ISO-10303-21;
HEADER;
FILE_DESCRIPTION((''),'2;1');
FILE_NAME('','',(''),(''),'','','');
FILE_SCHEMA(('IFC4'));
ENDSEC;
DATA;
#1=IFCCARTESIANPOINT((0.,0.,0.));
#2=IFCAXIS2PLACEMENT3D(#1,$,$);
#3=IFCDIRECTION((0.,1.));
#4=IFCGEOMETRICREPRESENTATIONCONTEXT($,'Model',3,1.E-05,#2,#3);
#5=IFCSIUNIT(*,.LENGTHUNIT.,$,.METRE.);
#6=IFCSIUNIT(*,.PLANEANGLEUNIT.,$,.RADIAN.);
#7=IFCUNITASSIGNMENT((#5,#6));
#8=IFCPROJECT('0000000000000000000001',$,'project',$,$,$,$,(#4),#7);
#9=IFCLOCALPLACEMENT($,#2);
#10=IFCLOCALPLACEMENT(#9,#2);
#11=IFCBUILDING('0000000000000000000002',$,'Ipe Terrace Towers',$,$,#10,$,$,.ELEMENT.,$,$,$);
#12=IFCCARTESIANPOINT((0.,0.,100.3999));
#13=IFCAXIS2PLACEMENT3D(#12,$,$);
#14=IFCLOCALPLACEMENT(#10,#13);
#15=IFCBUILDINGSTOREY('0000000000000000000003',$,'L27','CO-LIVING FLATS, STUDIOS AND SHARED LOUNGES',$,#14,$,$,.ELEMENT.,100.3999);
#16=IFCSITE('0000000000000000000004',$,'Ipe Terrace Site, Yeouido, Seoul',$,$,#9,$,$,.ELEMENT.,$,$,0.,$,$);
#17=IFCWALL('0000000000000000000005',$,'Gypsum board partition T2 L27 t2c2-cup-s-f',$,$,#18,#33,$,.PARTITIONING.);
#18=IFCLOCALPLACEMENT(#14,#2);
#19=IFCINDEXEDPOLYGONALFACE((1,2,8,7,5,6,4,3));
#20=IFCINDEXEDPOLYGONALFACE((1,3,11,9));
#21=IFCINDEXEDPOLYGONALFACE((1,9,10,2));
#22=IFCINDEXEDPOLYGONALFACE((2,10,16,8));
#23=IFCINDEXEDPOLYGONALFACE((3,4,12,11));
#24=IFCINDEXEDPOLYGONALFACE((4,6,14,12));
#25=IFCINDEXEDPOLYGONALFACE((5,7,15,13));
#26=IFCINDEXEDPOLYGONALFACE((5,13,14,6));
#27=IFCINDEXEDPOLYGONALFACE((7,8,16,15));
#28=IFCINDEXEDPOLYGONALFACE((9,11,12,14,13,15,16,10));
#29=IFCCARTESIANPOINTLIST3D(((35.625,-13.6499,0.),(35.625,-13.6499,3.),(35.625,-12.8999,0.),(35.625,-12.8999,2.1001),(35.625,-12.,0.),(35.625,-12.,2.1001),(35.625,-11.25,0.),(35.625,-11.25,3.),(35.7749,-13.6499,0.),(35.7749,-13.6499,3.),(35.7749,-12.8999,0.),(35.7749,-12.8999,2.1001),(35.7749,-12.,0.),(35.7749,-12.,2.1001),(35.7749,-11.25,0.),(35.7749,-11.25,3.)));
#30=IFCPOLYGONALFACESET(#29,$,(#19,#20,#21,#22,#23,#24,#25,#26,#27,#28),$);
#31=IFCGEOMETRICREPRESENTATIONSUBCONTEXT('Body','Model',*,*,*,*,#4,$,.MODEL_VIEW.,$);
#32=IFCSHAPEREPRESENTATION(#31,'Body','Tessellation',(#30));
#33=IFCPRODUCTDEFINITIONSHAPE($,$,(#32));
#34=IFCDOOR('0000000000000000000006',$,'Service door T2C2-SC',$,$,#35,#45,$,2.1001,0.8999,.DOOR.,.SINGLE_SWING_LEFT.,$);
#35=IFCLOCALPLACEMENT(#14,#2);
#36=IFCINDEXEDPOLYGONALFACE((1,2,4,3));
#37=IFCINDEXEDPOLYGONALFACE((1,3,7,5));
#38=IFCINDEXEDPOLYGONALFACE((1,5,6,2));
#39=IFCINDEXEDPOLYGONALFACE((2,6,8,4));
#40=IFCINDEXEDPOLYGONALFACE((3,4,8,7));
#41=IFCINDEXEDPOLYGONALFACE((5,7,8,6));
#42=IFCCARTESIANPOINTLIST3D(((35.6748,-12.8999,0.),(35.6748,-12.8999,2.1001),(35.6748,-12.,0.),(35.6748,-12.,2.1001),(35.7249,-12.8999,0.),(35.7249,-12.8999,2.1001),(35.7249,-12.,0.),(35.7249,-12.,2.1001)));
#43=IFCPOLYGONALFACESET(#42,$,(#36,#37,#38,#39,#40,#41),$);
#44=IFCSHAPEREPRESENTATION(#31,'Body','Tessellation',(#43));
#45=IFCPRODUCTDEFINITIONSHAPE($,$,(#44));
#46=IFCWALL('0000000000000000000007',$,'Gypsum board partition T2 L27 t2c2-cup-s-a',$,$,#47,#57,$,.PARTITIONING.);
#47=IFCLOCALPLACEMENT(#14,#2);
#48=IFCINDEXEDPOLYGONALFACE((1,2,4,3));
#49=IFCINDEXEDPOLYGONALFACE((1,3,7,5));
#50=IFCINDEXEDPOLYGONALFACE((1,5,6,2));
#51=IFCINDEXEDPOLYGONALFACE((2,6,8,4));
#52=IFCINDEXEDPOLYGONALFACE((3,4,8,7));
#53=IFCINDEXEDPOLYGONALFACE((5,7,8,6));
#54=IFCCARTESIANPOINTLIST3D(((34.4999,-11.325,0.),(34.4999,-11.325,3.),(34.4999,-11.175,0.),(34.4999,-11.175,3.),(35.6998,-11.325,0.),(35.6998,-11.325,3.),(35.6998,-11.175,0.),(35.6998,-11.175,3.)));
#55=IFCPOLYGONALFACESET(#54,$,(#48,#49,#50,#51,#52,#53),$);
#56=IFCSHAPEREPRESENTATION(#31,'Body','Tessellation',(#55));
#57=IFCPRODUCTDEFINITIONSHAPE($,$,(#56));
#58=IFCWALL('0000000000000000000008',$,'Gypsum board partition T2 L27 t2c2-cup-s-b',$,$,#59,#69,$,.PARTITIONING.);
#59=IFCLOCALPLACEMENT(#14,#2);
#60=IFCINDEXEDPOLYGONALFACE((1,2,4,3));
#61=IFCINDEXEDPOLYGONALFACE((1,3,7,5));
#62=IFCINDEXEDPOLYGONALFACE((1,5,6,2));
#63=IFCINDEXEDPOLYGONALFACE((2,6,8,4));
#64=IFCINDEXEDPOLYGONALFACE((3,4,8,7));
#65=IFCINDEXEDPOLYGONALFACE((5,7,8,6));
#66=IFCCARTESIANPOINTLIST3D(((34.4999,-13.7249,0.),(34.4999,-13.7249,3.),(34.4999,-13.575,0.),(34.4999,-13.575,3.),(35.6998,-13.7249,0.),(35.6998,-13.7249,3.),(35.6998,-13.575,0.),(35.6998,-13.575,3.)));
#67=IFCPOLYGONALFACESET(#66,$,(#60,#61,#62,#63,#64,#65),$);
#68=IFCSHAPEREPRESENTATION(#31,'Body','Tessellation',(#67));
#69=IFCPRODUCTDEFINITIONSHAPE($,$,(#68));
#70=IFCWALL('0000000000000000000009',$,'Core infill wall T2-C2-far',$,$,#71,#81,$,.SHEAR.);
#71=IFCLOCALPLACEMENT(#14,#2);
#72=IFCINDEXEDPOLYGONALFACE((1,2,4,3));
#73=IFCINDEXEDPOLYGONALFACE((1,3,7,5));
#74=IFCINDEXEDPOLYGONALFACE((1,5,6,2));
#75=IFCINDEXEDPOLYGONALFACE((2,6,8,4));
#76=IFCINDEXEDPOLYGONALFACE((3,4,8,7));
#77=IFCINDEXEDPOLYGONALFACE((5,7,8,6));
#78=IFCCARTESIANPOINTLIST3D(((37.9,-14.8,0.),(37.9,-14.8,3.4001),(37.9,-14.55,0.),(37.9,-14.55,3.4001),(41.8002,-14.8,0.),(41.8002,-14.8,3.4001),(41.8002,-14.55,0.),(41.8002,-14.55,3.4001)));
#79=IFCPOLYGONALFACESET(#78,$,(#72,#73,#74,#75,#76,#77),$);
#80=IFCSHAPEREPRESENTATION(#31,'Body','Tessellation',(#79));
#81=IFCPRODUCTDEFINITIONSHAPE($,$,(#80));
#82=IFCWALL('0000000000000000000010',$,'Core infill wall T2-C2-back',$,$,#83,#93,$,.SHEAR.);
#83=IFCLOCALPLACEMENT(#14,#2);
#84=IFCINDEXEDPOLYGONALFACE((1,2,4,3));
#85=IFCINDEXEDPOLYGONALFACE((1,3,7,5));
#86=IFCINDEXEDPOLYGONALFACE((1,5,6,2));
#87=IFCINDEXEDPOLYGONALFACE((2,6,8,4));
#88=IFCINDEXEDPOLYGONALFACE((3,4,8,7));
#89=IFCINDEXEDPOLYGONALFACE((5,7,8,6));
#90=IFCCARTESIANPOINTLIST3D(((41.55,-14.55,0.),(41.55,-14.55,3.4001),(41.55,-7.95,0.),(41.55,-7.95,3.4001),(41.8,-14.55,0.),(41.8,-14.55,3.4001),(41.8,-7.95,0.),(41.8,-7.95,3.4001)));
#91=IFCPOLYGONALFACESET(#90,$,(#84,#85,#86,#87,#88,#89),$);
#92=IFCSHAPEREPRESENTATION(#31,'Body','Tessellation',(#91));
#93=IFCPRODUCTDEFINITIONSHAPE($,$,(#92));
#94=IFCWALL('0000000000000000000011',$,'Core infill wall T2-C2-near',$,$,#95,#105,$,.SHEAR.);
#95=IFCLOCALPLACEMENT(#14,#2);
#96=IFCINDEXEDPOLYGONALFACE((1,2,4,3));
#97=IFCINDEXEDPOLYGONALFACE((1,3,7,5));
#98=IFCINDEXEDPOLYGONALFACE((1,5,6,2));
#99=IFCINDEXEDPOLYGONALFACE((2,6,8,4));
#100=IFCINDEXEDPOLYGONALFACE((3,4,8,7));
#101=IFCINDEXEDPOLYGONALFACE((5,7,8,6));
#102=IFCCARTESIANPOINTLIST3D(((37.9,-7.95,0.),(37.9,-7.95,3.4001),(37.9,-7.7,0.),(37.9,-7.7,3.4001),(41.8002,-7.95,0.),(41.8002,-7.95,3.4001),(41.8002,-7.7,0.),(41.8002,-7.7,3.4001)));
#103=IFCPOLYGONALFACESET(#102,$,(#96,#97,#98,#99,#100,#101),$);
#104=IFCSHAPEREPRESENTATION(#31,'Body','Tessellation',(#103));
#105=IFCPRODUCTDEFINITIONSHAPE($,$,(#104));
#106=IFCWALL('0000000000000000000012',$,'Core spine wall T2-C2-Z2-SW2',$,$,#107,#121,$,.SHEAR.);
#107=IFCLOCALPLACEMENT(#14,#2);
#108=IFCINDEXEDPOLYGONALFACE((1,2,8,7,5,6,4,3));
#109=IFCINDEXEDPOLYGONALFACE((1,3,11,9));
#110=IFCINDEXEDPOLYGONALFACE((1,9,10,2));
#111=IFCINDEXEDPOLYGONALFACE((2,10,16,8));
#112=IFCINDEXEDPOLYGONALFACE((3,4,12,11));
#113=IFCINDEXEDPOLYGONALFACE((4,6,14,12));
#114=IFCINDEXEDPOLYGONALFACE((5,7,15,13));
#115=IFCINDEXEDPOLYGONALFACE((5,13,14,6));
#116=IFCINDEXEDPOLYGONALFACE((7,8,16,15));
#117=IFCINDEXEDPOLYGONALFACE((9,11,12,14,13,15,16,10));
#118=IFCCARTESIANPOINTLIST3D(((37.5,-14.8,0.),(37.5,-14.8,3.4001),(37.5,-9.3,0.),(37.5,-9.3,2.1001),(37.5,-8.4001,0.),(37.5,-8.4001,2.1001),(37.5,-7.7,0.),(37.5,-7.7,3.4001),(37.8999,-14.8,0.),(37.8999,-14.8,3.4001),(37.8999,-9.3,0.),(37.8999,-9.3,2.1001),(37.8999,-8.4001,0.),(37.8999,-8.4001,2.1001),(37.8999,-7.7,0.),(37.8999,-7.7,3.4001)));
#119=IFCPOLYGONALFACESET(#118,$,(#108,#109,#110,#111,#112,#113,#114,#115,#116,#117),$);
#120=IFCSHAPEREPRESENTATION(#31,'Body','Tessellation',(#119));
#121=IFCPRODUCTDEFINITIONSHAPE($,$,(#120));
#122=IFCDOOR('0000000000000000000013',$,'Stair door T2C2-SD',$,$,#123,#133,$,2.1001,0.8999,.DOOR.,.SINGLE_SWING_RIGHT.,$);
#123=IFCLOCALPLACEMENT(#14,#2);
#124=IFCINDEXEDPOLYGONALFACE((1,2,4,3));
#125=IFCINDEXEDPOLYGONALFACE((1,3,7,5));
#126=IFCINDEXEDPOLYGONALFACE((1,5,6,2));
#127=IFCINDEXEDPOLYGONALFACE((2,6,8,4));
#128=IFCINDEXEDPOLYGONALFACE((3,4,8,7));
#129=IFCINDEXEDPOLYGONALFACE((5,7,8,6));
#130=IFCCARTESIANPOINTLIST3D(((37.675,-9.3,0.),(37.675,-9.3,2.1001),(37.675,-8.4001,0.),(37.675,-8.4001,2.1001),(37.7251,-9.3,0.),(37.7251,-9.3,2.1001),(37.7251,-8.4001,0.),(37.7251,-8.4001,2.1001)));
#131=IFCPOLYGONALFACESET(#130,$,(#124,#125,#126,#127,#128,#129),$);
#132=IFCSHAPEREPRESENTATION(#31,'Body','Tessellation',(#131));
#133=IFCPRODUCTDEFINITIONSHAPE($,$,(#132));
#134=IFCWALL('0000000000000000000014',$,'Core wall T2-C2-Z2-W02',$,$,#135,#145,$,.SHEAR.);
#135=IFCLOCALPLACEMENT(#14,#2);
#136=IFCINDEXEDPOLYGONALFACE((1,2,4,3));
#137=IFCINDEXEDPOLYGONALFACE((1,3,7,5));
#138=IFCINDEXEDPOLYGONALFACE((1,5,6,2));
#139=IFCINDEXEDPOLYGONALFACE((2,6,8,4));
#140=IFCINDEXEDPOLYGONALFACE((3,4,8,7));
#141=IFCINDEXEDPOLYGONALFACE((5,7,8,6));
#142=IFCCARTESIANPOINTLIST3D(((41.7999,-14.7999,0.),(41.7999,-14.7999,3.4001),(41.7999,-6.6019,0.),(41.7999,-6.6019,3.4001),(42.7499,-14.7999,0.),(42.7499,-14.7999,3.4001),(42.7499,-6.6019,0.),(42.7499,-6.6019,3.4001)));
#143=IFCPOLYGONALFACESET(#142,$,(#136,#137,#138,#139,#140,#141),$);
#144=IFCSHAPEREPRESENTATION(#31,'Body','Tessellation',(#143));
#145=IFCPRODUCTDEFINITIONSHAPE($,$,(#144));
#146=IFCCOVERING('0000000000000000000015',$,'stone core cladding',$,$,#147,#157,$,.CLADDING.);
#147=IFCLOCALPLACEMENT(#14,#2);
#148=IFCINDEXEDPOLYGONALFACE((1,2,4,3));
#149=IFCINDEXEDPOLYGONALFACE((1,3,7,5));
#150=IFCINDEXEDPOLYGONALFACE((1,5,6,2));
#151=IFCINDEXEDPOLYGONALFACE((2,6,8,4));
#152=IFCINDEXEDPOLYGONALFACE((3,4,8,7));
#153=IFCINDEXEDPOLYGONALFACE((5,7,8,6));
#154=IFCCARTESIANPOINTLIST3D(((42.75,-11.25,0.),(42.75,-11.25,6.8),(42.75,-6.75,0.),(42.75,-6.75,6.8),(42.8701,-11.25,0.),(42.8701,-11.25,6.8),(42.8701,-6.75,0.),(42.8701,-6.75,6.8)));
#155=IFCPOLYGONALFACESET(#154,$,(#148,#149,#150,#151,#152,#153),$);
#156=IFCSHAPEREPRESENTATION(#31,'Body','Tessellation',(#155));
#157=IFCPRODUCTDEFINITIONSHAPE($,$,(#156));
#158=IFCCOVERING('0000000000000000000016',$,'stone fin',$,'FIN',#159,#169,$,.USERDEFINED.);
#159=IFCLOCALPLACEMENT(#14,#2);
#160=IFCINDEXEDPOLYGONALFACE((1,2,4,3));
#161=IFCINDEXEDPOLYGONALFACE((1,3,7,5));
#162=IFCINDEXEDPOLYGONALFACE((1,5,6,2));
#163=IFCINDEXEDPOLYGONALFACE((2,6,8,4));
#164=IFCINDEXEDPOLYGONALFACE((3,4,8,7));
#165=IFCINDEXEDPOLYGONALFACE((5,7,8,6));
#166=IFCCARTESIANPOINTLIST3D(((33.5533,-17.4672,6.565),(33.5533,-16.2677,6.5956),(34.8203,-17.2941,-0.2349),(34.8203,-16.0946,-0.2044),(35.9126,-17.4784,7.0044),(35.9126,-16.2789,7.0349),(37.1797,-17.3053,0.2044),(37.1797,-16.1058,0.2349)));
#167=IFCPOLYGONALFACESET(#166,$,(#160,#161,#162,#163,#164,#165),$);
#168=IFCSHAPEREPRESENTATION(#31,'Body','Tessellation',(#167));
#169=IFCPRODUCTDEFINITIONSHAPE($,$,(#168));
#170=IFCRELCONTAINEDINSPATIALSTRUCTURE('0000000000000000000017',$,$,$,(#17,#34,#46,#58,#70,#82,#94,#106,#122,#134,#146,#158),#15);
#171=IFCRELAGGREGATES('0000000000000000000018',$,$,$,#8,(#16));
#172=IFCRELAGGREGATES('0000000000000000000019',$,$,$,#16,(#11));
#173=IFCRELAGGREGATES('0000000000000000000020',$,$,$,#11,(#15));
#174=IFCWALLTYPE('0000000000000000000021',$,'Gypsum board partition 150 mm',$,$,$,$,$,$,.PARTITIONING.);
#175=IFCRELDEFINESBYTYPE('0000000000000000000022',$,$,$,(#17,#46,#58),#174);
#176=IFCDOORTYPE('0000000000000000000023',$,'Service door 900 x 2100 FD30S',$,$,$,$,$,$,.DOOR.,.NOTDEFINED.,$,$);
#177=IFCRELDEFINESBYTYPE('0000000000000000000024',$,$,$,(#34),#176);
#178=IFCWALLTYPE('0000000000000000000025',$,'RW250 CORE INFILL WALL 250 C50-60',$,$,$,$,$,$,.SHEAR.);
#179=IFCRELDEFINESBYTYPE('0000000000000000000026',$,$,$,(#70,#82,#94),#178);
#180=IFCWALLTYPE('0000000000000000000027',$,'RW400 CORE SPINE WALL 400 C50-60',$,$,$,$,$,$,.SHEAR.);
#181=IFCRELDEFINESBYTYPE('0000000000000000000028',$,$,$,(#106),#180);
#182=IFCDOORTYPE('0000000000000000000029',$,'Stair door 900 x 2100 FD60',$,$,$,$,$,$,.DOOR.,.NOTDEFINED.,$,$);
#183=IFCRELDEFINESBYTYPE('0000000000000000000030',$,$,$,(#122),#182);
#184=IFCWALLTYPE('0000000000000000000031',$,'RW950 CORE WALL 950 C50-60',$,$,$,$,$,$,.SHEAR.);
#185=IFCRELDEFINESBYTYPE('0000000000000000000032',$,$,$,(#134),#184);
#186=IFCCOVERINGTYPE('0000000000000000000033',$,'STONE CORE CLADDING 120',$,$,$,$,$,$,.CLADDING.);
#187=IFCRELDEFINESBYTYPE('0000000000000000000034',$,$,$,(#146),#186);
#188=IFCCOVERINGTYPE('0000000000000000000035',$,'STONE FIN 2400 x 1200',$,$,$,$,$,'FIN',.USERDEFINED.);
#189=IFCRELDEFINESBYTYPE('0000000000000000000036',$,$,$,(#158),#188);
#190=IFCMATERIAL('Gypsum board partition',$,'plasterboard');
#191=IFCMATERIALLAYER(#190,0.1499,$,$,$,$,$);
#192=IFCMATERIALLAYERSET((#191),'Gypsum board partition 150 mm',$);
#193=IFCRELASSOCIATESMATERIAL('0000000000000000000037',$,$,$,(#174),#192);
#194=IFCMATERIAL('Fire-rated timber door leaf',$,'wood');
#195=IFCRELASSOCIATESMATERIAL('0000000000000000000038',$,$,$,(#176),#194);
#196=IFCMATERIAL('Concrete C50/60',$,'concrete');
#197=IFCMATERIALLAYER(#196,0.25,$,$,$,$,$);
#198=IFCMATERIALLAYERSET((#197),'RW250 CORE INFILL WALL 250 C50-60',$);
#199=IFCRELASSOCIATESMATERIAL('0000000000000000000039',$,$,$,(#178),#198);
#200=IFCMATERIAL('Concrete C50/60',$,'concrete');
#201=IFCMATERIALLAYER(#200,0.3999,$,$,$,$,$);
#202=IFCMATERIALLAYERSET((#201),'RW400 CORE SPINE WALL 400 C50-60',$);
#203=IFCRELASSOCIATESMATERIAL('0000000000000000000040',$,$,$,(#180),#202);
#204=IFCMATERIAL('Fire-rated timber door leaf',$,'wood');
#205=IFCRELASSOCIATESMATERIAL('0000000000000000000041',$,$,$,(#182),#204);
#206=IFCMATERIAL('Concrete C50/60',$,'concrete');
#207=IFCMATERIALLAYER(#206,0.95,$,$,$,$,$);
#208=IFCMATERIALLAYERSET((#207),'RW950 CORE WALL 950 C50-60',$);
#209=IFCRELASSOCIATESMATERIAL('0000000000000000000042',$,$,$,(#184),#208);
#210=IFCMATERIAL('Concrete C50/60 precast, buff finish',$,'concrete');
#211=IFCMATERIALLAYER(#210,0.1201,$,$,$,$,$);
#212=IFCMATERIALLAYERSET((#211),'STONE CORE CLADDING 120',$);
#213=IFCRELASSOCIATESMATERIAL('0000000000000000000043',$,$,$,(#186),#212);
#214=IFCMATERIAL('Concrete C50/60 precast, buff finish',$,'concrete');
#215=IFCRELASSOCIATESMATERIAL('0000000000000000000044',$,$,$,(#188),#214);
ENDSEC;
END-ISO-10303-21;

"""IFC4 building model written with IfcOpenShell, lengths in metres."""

from ifc_helpers import new_model, si_unit, direction, frame, frame_2d, origin, origin_2d, place, context, subcontext, project, spatial, rectangle, extrude, material, layer, layer_set, material_profile, profile_set, type_object, element, fill, save


model = new_model("IFC4")

# Units and contexts
model_context = context("Model", 3, precision=1e-05, world=origin(), true_north=direction((0.0, 1.0)))
body_context = subcontext(model_context, "Body", "Model", "MODEL_VIEW")
ifc_project = project(units=[si_unit("LENGTHUNIT", "METRE"), si_unit("PLANEANGLEUNIT", "RADIAN")], contexts=[model_context])

# Site, building, storey
site_placement = place(None, origin())
site = spatial("IfcSite", under=ifc_project, at=site_placement, Name="Ipe Terrace Site, Yeouido, Seoul", CompositionType="ELEMENT", RefElevation=0.0)
building_placement = place(site_placement, origin())
building = spatial("IfcBuilding", under=site, at=building_placement, Name="Ipe Terrace Towers", CompositionType="ELEMENT")
storey_placement = place(building_placement, frame((0.0, 0.0, 100.3999)))
storey = spatial("IfcBuildingStorey", under=building, at=storey_placement, Name="L27", Description="CO-LIVING FLATS, STUDIOS AND SHARED LOUNGES", CompositionType="ELEMENT", Elevation=100.3999)

# Wall, opening, door
ifc_material_1 = material(Name="Gypsum board partition", Category="plasterboard")
ifc_layer_1 = layer(ifc_material_1, 0.1499)
ifc_layer_set_1 = layer_set([ifc_layer_1], Name="Gypsum board partition 150 mm")
wall_type_1 = type_object("IfcWallType", Name="Gypsum board partition 150 mm", PredefinedType="PARTITIONING", material=ifc_layer_set_1)
wall_1_placement = place(storey_placement, frame((35.7, -11.25, 0.0), z_axis=(0.0, 0.0, 1.0), x_axis=(0.0, -1.0, 0.0)))
wall_1 = element("IfcWall", 1, at=wall_1_placement, inside=storey, type_object=wall_type_1, Name="Gypsum board partition T2 L27 t2c2-cup-s-f", PredefinedType="PARTITIONING", context=body_context, shape_type="SweptSolid", body=[
    extrude(rectangle(XDim=2.3999, YDim=0.1499, at=frame_2d((1.2, 0.0))), origin(), (0.0, 0.0, 1.0), 3.0),
])
opening_1_placement = place(wall_1_placement, frame((0.75, 0.0, 0.0)))
opening_1 = element("IfcOpeningElement", 2, at=opening_1_placement, cuts=wall_1, PredefinedType="OPENING", context=body_context, shape_type="SweptSolid", body=[
    extrude(rectangle(XDim=0.8999, YDim=2.1001, at=frame_2d((0.45, 1.05))), frame((0.0, 0.085, 0.0), z_axis=(0.0, -1.0, 0.0), x_axis=(1.0, 0.0, 0.0)), (0.0, 0.0, 1.0), 0.1699),
])
ifc_material_2 = material(Name="Fire-rated timber door leaf", Category="wood")
door_type_1 = type_object("IfcDoorType", Name="Service door 900 x 2100 FD30S", OperationType="NOTDEFINED", PredefinedType="DOOR", material=ifc_material_2)
door_1_placement = place(opening_1_placement, origin())
door_1 = element("IfcDoor", 3, at=door_1_placement, inside=storey, type_object=door_type_1, Name="Service door T2C2-SC", OperationType="SINGLE_SWING_LEFT", OverallHeight=2.1001, OverallWidth=0.8999, PredefinedType="DOOR", context=body_context, shape_type="SweptSolid", body=[
    extrude(rectangle(XDim=0.8999, YDim=2.1001, at=frame_2d((0.45, 1.05))), frame((0.0, 0.0249, 0.0), z_axis=(0.0, -1.0, 0.0), x_axis=(1.0, 0.0, 0.0)), (0.0, 0.0, 1.0), 0.05),
])
fill(opening_1, door_1)

# Walls
for number, where, z_axis, x_axis, name in (
    (4, (35.7, -11.25, 0.0), (0.0, 0.0, 1.0), (-1.0, 0.0, 0.0), "Gypsum board partition T2 L27 t2c2-cup-s-a"),
    (5, (35.7, -13.6499, 0.0), (0.0, 0.0, 1.0), (-1.0, 0.0, 0.0), "Gypsum board partition T2 L27 t2c2-cup-s-b"),
):
    element("IfcWall", number, at=place(storey_placement, frame(where, z_axis=z_axis, x_axis=x_axis)), inside=storey, type_object=wall_type_1, Name=name, PredefinedType="PARTITIONING", context=body_context, shape_type="SweptSolid", body=[
        extrude(rectangle(XDim=1.2, YDim=0.1499, at=frame_2d((0.6001, 0.0))), origin(), (0.0, 0.0, 1.0), 3.0),
    ])
ifc_material_3 = material(Name="Concrete C50/60", Category="concrete")
ifc_layer_2 = layer(ifc_material_3, 0.25)
ifc_layer_set_2 = layer_set([ifc_layer_2], Name="RW250 CORE INFILL WALL 250 C50-60")
wall_type_2 = type_object("IfcWallType", Name="RW250 CORE INFILL WALL 250 C50-60", PredefinedType="SHEAR", material=ifc_layer_set_2)
wall_2_placement = place(storey_placement, frame((37.8999, -14.675, 0.0), z_axis=(0.0, 0.0, 1.0), x_axis=(1.0, 0.0, 0.0)))
element("IfcWall", 6, at=wall_2_placement, inside=storey, type_object=wall_type_2, Name="Core infill wall T2-C2-far", PredefinedType="SHEAR", context=body_context, shape_type="SweptSolid", body=[
    extrude(rectangle(XDim=3.9001, YDim=0.25, at=frame_2d((1.9502, 0.0))), origin(), (0.0, 0.0, 1.0), 3.4001),
])
wall_3_placement = place(storey_placement, frame((41.675, -7.95, 0.0), z_axis=(0.0, 0.0, 1.0), x_axis=(0.0, -1.0, 0.0)))
element("IfcWall", 7, at=wall_3_placement, inside=storey, type_object=wall_type_2, Name="Core infill wall T2-C2-back", PredefinedType="SHEAR", context=body_context, shape_type="SweptSolid", body=[
    extrude(rectangle(XDim=6.6001, YDim=0.25, at=frame_2d((3.3, 0.0))), origin(), (0.0, 0.0, 1.0), 3.4001),
])
wall_4_placement = place(storey_placement, frame((37.8999, -7.825, 0.0), z_axis=(0.0, 0.0, 1.0), x_axis=(1.0, 0.0, 0.0)))
element("IfcWall", 8, at=wall_4_placement, inside=storey, type_object=wall_type_2, Name="Core infill wall T2-C2-near", PredefinedType="SHEAR", context=body_context, shape_type="SweptSolid", body=[
    extrude(rectangle(XDim=3.9001, YDim=0.25, at=frame_2d((1.9502, 0.0))), origin(), (0.0, 0.0, 1.0), 3.4001),
])

# Wall, opening, door
ifc_material_4 = material(Name="Concrete C50/60", Category="concrete")
ifc_layer_3 = layer(ifc_material_4, 0.3999)
ifc_layer_set_3 = layer_set([ifc_layer_3], Name="RW400 CORE SPINE WALL 400 C50-60")
wall_type_3 = type_object("IfcWallType", Name="RW400 CORE SPINE WALL 400 C50-60", PredefinedType="SHEAR", material=ifc_layer_set_3)
wall_5_placement = place(storey_placement, frame((37.7, -14.8, 0.0), z_axis=(0.0, 0.0, 1.0), x_axis=(0.0, 1.0, 0.0)))
wall_5 = element("IfcWall", 9, at=wall_5_placement, inside=storey, type_object=wall_type_3, Name="Core spine wall T2-C2-Z2-SW2", PredefinedType="SHEAR", context=body_context, shape_type="SweptSolid", body=[
    extrude(rectangle(XDim=7.1001, YDim=0.3999, at=frame_2d((3.55, 0.0))), origin(), (0.0, 0.0, 1.0), 3.4001),
])
opening_2_placement = place(wall_5_placement, frame((5.5, 0.0, 0.0)))
opening_2 = element("IfcOpeningElement", 10, at=opening_2_placement, cuts=wall_5, PredefinedType="OPENING", context=body_context, shape_type="SweptSolid", body=[
    extrude(rectangle(XDim=0.8999, YDim=2.1001, at=frame_2d((0.45, 1.05))), frame((0.0, 0.21, 0.0), z_axis=(0.0, -1.0, 0.0), x_axis=(1.0, 0.0, 0.0)), (0.0, 0.0, 1.0), 0.4199),
])
ifc_material_5 = material(Name="Fire-rated timber door leaf", Category="wood")
door_type_2 = type_object("IfcDoorType", Name="Stair door 900 x 2100 FD60", OperationType="NOTDEFINED", PredefinedType="DOOR", material=ifc_material_5)
door_2_placement = place(opening_2_placement, origin())
door_2 = element("IfcDoor", 11, at=door_2_placement, inside=storey, type_object=door_type_2, Name="Stair door T2C2-SD", OperationType="SINGLE_SWING_RIGHT", OverallHeight=2.1001, OverallWidth=0.8999, PredefinedType="DOOR", context=body_context, shape_type="SweptSolid", body=[
    extrude(rectangle(XDim=0.8999, YDim=2.1001, at=frame_2d((0.45, 1.05))), frame((0.0, 0.0249, 0.0), z_axis=(0.0, -1.0, 0.0), x_axis=(1.0, 0.0, 0.0)), (0.0, 0.0, 1.0), 0.05),
])
fill(opening_2, door_2)

# Wall
ifc_material_6 = material(Name="Concrete C50/60", Category="concrete")
ifc_layer_4 = layer(ifc_material_6, 0.95)
ifc_layer_set_4 = layer_set([ifc_layer_4], Name="RW950 CORE WALL 950 C50-60")
wall_type_4 = type_object("IfcWallType", Name="RW950 CORE WALL 950 C50-60", PredefinedType="SHEAR", material=ifc_layer_set_4)
wall_6_placement = place(storey_placement, frame((42.2749, -14.8, 0.0), z_axis=(0.0, 0.0, 1.0), x_axis=(0.0, 1.0, 0.0)))
element("IfcWall", 12, at=wall_6_placement, inside=storey, type_object=wall_type_4, Name="Core wall T2-C2-Z2-W02", PredefinedType="SHEAR", context=body_context, shape_type="SweptSolid", body=[
    extrude(rectangle(XDim=8.198, YDim=0.95, at=frame_2d((4.0991, 0.0))), origin(), (0.0, 0.0, 1.0), 3.4001),
])

# Coverings
ifc_material_7 = material(Name="Concrete C50/60 precast, buff finish", Category="concrete")
ifc_layer_5 = layer(ifc_material_7, 0.1201)
ifc_layer_set_5 = layer_set([ifc_layer_5], Name="STONE CORE CLADDING 120")
covering_type_1 = type_object("IfcCoveringType", Name="STONE CORE CLADDING 120", PredefinedType="CLADDING", material=ifc_layer_set_5)
covering_1_placement = place(storey_placement, frame((42.8101, -9.0, 0.0), z_axis=(0.0, 0.0, 1.0), x_axis=(0.0, 1.0, 0.0)))
element("IfcCovering", 13, at=covering_1_placement, inside=storey, type_object=covering_type_1, Name="stone core cladding", PredefinedType="CLADDING", context=body_context, shape_type="SweptSolid", body=[
    extrude(rectangle(XDim=4.5, YDim=0.1201, at=origin_2d()), origin(), (0.0, 0.0, 1.0), 6.8),
])
ifc_material_8 = material(Name="Concrete C50/60 precast, buff finish", Category="concrete")
ifc_material_profile = material_profile(ifc_material_8, rectangle(XDim=2.3999, YDim=1.2, at=origin_2d()), Name="STONE FIN 2400 x 1200")
ifc_profile_set = profile_set([ifc_material_profile], Name="Concrete C50/60 precast, buff finish")
covering_type_2 = type_object("IfcCoveringType", Name="STONE FIN 2400 x 1200", ElementType="FIN", PredefinedType="USERDEFINED", material=ifc_profile_set)
for number, where, z_axis, x_axis, name in (
    (14, (36.0, -16.7, 0.0), (-0.183125, -0.025017, 0.982771), (0.98309, -0.00466, 0.183066), "stone fin"),
):
    element("IfcCovering", number, at=place(storey_placement, frame(where, z_axis=z_axis, x_axis=x_axis)), inside=storey, type_object=covering_type_2, Name=name, ObjectType="FIN", PredefinedType="USERDEFINED", context=body_context, shape_type="SweptSolid", body=[
        extrude(rectangle(XDim=2.3999, YDim=1.2, at=origin_2d()), origin(), (0.0, 0.0, 1.0), 6.9192),
    ])

save(model, "model.ifc")
